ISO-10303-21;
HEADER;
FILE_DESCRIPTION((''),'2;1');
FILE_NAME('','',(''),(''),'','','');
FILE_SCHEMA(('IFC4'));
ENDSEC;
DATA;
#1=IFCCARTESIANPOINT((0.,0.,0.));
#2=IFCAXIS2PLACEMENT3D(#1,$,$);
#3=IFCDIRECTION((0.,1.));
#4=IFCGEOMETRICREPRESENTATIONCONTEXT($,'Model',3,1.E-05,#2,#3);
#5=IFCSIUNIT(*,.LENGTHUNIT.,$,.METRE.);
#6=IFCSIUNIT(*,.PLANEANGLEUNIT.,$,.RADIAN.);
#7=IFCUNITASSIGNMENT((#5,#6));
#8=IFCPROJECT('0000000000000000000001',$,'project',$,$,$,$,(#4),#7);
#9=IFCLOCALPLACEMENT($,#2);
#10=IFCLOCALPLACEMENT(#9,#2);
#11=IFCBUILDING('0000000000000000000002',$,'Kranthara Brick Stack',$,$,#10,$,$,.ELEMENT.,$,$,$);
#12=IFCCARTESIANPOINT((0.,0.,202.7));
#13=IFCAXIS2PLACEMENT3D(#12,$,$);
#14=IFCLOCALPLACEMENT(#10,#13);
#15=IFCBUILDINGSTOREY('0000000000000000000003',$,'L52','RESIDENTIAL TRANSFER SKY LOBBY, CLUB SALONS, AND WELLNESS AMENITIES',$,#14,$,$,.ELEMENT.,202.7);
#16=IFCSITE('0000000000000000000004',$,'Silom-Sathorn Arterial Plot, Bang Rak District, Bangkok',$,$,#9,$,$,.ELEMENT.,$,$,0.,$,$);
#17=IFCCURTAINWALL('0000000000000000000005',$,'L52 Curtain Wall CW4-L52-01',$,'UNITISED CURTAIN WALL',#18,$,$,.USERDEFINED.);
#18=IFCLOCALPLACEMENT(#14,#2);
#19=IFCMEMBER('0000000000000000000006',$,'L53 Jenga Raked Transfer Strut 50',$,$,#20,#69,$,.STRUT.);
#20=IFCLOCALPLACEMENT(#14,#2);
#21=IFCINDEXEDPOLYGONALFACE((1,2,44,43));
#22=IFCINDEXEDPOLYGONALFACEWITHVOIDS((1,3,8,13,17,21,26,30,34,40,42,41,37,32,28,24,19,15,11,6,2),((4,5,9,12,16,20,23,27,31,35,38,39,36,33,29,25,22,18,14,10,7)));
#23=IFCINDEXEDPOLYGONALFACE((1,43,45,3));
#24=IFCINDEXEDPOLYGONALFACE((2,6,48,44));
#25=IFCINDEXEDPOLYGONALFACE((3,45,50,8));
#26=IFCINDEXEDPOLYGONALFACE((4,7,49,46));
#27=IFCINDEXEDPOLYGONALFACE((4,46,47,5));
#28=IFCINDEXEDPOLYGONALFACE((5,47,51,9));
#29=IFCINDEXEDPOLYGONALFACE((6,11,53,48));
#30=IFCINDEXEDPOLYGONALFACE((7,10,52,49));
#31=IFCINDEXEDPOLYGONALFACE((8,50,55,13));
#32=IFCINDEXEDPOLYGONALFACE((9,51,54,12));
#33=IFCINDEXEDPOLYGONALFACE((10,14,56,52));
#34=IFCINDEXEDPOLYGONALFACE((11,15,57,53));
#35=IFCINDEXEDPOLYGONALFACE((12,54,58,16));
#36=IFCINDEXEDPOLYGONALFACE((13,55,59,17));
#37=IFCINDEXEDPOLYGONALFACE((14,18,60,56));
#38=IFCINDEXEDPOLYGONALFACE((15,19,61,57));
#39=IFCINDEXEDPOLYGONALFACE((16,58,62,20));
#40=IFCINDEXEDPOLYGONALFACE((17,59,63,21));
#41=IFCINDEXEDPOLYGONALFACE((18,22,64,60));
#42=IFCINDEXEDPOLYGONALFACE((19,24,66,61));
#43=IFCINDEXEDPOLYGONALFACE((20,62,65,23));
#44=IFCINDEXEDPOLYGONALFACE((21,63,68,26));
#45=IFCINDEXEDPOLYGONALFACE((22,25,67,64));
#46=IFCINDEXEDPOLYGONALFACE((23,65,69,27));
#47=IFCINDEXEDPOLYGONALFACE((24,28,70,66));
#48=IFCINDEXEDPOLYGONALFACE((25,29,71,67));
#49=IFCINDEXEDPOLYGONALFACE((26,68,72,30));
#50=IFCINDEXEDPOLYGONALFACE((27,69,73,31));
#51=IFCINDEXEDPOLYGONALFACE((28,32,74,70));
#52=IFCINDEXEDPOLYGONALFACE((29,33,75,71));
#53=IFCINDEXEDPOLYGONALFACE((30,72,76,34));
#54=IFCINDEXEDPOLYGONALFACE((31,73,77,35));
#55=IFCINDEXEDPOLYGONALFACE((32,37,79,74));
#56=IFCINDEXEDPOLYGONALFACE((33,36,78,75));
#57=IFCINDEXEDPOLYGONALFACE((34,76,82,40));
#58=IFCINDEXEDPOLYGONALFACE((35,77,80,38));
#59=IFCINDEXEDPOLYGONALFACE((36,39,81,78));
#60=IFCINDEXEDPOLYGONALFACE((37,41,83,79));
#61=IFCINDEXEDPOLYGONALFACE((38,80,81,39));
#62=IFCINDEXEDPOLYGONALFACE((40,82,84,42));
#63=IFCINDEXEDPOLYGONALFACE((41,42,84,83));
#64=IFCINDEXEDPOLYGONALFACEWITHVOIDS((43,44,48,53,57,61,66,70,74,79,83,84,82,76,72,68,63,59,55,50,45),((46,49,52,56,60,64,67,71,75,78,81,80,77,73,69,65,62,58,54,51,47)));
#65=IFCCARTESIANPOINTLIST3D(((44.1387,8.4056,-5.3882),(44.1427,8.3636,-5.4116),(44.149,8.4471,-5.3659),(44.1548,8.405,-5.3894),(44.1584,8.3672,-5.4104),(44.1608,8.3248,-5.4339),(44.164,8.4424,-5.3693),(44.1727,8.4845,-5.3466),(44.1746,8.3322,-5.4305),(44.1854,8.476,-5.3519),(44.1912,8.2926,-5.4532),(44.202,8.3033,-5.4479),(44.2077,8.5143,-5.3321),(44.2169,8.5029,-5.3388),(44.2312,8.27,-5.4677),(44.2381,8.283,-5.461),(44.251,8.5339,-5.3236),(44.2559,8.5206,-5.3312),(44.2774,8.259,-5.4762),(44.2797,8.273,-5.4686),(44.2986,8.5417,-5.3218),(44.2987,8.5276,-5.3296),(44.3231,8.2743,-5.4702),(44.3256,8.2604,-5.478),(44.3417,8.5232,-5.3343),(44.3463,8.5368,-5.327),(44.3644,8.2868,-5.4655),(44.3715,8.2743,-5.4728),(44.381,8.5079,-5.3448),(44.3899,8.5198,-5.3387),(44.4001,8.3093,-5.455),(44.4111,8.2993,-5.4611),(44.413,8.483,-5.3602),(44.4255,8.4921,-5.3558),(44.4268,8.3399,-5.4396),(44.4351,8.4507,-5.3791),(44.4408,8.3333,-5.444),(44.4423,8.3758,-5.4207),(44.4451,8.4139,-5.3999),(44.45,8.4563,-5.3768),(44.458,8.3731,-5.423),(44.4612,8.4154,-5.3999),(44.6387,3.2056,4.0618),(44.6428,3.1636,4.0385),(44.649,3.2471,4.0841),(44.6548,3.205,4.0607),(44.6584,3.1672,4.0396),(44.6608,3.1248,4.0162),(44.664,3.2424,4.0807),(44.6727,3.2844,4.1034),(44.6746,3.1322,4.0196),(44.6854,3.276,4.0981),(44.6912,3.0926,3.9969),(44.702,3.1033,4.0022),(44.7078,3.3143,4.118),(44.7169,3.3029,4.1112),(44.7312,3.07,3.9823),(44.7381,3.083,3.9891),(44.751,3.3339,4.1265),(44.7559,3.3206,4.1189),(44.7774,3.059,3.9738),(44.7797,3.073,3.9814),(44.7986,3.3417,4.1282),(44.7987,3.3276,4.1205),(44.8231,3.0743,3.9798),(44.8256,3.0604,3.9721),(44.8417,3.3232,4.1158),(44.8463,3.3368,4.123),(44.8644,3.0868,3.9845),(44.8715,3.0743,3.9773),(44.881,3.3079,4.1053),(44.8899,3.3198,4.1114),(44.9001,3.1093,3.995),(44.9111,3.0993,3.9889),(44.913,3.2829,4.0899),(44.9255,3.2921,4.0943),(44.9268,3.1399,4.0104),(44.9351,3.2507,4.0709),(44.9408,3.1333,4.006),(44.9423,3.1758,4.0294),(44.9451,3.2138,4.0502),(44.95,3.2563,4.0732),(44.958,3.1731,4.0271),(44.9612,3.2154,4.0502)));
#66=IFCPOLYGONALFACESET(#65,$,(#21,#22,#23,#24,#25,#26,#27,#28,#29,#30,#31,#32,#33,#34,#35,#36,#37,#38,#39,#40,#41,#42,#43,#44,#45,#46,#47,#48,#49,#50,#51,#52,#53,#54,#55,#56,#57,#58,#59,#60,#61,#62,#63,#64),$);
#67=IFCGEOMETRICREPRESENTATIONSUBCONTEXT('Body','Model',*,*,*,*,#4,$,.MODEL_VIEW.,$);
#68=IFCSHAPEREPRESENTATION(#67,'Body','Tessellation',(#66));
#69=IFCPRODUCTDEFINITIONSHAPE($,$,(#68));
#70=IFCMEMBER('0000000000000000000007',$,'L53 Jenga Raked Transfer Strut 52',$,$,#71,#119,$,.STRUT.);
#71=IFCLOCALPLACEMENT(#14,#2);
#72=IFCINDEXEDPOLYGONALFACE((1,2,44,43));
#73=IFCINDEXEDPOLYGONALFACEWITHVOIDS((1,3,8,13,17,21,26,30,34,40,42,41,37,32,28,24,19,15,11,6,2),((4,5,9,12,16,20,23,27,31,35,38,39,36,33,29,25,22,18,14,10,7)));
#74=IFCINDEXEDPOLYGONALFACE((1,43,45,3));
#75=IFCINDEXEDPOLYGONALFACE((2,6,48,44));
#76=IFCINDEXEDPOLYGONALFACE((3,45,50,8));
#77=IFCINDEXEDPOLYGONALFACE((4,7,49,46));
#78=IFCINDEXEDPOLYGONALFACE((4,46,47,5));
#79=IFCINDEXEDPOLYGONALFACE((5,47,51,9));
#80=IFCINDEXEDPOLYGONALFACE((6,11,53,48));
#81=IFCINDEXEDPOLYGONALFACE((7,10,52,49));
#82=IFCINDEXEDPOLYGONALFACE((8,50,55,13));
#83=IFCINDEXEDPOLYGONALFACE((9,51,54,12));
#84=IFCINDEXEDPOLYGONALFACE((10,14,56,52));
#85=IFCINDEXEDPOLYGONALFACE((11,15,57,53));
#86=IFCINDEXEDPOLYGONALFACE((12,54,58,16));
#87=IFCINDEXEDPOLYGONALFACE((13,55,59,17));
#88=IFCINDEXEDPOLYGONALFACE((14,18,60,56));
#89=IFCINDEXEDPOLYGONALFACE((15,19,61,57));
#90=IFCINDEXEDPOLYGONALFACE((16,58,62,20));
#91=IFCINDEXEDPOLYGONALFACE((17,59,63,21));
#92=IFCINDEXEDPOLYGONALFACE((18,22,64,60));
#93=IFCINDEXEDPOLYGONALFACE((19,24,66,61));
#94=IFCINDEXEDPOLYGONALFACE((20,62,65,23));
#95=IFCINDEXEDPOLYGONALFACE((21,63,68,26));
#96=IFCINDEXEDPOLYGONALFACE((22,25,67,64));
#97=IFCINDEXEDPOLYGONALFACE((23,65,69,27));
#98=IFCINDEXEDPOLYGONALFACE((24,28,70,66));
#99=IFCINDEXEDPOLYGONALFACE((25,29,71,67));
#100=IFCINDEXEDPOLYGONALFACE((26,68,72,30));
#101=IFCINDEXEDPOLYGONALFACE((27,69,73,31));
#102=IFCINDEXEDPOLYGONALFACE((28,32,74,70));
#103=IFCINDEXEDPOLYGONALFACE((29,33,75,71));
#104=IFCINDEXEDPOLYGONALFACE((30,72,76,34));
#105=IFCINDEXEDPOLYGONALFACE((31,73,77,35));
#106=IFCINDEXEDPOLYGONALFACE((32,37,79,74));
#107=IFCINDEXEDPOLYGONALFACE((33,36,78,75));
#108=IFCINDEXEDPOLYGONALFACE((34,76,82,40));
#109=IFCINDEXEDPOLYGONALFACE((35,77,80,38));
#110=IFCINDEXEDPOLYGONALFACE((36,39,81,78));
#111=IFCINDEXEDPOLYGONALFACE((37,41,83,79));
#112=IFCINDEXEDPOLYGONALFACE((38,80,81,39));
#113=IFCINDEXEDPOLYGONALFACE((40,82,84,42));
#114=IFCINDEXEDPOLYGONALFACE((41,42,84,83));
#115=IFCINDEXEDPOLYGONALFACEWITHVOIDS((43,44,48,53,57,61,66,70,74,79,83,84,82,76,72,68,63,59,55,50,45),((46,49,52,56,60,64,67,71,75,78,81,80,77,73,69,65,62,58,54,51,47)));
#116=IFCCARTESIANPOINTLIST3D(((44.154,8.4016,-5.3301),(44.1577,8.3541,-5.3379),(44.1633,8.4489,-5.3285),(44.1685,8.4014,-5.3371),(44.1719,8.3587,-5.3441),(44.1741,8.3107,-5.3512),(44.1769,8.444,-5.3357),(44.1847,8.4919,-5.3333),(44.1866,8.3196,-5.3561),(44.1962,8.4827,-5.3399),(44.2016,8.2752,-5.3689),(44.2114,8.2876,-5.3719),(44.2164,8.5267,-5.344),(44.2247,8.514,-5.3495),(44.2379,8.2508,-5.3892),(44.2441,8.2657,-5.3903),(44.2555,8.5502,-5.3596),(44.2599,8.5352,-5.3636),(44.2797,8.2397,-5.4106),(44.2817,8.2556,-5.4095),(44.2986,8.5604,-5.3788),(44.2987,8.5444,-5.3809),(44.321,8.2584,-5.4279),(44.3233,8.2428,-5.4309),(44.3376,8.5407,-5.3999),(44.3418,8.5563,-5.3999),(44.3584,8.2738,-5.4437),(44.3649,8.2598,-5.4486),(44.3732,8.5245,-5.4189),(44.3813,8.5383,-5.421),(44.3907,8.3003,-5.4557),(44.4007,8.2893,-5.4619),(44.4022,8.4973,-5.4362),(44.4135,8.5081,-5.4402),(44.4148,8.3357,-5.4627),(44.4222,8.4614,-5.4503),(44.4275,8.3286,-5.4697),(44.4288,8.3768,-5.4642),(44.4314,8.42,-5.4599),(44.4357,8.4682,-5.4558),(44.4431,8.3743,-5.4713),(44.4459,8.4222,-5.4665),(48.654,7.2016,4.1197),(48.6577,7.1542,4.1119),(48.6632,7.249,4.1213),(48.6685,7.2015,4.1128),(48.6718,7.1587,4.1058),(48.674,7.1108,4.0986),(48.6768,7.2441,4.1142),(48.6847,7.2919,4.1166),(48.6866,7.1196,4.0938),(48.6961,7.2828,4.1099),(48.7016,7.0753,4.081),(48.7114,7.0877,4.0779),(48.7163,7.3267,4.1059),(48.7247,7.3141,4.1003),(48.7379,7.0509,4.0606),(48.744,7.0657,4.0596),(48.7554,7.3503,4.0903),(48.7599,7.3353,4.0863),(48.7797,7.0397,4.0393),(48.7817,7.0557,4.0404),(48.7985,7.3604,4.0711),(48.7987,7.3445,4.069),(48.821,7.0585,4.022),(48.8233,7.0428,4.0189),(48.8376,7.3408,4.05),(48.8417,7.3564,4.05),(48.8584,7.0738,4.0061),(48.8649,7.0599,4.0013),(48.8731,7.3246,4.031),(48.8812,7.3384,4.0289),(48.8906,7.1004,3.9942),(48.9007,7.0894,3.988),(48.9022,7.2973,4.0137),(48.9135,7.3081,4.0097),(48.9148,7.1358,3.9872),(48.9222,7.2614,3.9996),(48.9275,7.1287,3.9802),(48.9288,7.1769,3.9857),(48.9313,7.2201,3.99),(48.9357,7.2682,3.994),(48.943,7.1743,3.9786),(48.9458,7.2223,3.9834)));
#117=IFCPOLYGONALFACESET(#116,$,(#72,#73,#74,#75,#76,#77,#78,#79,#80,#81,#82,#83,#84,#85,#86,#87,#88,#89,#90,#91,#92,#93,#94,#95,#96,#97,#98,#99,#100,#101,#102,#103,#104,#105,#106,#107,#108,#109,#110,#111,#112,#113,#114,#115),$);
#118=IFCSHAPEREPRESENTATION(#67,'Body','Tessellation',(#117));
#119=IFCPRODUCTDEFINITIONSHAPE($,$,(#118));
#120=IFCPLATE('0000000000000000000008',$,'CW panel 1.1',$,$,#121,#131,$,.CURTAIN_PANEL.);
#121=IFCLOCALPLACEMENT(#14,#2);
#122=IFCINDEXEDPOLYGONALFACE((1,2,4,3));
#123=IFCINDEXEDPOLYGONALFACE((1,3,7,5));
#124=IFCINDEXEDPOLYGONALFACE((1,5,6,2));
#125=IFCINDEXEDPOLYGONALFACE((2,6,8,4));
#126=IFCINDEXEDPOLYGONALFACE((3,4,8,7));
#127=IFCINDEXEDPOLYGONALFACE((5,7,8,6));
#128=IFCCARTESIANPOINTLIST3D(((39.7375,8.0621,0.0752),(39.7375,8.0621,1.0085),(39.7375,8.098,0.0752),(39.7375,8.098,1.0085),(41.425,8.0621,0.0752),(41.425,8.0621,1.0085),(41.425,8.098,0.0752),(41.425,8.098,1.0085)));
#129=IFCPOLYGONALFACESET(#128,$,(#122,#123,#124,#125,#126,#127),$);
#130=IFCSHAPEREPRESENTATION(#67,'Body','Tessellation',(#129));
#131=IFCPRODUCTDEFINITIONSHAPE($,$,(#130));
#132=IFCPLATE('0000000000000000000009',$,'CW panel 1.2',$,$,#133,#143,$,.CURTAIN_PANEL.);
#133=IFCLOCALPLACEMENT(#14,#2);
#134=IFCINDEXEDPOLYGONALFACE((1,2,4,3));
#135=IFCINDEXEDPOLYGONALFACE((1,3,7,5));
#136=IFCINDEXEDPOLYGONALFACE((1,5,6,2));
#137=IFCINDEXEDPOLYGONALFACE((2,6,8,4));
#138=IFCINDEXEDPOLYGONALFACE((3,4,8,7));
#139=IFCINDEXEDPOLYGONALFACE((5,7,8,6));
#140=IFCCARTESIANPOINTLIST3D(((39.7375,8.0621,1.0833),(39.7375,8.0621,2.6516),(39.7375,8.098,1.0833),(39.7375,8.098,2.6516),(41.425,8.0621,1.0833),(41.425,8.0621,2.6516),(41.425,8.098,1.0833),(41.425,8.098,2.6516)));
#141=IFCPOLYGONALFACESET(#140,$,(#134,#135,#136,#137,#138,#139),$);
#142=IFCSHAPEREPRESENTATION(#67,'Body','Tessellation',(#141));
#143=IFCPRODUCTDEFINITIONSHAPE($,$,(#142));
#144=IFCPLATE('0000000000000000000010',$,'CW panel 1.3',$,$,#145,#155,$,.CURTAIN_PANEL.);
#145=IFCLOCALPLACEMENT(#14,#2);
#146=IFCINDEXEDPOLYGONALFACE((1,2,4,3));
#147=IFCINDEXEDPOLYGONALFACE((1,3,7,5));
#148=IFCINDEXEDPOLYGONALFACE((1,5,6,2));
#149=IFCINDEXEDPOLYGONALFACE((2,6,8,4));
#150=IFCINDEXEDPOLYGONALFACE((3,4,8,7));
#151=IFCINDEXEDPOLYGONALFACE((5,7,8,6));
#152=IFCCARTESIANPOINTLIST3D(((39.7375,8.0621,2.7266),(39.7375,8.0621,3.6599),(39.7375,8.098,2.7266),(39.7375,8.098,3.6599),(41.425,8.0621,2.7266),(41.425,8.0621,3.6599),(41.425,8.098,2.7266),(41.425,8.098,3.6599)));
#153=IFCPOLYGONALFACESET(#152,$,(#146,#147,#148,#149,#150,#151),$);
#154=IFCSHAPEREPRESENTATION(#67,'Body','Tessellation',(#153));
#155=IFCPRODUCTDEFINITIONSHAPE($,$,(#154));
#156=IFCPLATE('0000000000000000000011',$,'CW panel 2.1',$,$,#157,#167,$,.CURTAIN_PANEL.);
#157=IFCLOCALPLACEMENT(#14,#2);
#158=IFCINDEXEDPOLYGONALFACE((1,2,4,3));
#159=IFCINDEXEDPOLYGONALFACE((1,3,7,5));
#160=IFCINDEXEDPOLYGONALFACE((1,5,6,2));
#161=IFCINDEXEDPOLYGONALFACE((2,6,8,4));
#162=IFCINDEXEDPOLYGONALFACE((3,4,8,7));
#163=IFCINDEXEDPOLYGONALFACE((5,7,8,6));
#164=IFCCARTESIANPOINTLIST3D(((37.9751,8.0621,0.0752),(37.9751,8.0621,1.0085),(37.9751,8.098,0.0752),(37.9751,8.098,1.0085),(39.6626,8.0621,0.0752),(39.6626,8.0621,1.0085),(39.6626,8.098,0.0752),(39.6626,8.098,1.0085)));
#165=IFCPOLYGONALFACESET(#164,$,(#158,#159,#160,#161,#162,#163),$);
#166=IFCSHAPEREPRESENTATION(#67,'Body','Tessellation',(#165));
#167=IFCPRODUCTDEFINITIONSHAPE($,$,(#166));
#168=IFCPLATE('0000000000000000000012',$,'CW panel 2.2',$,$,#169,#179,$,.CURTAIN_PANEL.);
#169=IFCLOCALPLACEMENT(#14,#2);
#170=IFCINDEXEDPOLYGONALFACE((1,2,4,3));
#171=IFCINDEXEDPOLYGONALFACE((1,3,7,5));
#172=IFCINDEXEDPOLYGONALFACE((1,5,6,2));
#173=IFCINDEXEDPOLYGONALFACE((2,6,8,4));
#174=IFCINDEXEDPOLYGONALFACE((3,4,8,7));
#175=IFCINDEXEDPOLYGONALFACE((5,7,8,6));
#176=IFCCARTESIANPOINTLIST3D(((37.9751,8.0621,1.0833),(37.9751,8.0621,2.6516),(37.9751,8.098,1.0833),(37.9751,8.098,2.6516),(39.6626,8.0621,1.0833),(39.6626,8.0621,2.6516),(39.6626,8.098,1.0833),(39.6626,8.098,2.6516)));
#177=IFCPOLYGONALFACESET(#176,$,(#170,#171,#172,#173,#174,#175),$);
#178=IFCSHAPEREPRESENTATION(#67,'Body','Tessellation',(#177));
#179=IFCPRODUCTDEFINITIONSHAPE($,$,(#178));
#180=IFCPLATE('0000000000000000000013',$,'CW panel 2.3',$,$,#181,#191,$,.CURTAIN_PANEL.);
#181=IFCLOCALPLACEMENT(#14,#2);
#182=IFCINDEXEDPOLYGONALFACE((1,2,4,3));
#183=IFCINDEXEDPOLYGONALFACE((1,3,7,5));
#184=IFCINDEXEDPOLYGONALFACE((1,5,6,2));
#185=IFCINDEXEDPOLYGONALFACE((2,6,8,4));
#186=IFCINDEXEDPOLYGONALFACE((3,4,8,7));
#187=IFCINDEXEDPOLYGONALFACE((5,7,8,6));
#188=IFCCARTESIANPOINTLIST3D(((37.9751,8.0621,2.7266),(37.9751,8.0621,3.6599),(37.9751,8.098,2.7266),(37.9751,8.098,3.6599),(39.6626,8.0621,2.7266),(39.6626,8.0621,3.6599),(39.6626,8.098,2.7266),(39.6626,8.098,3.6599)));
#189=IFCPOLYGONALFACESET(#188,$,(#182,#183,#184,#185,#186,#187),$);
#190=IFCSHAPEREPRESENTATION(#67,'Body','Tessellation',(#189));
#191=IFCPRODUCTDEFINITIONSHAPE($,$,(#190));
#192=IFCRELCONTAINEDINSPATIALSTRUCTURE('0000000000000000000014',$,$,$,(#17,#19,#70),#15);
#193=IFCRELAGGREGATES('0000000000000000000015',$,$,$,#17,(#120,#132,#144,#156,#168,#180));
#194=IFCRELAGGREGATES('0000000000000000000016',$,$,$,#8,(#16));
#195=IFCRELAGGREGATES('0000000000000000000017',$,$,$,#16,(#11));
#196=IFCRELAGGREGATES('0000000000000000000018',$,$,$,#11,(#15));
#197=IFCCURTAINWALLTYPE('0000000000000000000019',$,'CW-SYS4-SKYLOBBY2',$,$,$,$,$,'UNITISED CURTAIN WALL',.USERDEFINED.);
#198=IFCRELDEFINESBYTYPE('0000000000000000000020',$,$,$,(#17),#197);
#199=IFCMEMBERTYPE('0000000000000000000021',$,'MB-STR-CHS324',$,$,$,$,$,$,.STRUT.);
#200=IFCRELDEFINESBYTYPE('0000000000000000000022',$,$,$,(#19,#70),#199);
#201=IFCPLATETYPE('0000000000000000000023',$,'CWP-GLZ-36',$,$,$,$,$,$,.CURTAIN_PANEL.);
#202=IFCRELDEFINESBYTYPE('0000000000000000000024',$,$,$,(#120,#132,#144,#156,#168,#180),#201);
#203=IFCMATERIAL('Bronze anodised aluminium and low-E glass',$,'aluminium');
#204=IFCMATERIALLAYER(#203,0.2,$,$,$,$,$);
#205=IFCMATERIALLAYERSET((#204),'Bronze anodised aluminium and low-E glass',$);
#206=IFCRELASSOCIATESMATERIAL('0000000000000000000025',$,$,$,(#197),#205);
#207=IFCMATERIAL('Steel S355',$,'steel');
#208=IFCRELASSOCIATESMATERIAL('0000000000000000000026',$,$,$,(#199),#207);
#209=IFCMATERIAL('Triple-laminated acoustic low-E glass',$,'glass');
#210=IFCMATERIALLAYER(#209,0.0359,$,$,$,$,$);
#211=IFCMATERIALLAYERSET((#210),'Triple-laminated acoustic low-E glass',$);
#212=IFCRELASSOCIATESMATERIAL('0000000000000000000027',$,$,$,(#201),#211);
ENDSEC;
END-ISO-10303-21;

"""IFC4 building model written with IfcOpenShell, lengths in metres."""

from ifc_helpers import new_model, si_unit, direction, frame, origin, origin_2d, place, context, subcontext, project, spatial, rectangle, hollow_circle, extrude, material, layer, layer_set, material_profile, profile_set, type_object, element, aggregate, save


model = new_model("IFC4")

# Units and contexts
model_context = context("Model", 3, precision=1e-05, world=origin(), true_north=direction((0.0, 1.0)))
body_context = subcontext(model_context, "Body", "Model", "MODEL_VIEW")
ifc_project = project(units=[si_unit("LENGTHUNIT", "METRE"), si_unit("PLANEANGLEUNIT", "RADIAN")], contexts=[model_context])

# Site, building, storey
site_placement = place(None, origin())
site = spatial("IfcSite", under=ifc_project, at=site_placement, Name="Silom-Sathorn Arterial Plot, Bang Rak District, Bangkok", CompositionType="ELEMENT", RefElevation=0.0)
building_placement = place(site_placement, origin())
building = spatial("IfcBuilding", under=site, at=building_placement, Name="Kranthara Brick Stack", CompositionType="ELEMENT")
storey_placement = place(building_placement, frame((0.0, 0.0, 202.7)))
storey = spatial("IfcBuildingStorey", under=building, at=storey_placement, Name="L52", Description="RESIDENTIAL TRANSFER SKY LOBBY, CLUB SALONS, AND WELLNESS AMENITIES", CompositionType="ELEMENT", Elevation=202.7)

# Curtain wall
ifc_material_1 = material(Name="Bronze anodised aluminium and low-E glass", Category="aluminium")
ifc_layer_1 = layer(ifc_material_1, 0.2)
ifc_layer_set_1 = layer_set([ifc_layer_1], Name="Bronze anodised aluminium and low-E glass")
curtain_wall_type = type_object("IfcCurtainWallType", Name="CW-SYS4-SKYLOBBY2", ElementType="UNITISED CURTAIN WALL", PredefinedType="USERDEFINED", material=ifc_layer_set_1)
curtain_wall_1_placement = place(storey_placement, origin())
curtain_wall_1 = element("IfcCurtainWall", 1, at=curtain_wall_1_placement, inside=storey, type_object=curtain_wall_type, Name="L52 Curtain Wall CW4-L52-01", ObjectType="UNITISED CURTAIN WALL", PredefinedType="USERDEFINED")

# Members
ifc_material_2 = material(Name="Steel S355", Category="steel")
ifc_material_profile_1 = material_profile(ifc_material_2, hollow_circle(Radius=0.1619, WallThickness=0.0161, at=origin_2d()), Name="CHS 323.9x16")
ifc_profile_set_1 = profile_set([ifc_material_profile_1], Name="Steel S355")
member_type_1 = type_object("IfcMemberType", Name="MB-STR-CHS324", PredefinedType="STRUT", material=ifc_profile_set_1)
member_1_placement = place(storey_placement, frame((44.3, 8.3999, -5.3999), z_axis=(0.046306, -0.481578, 0.875179), x_axis=(0.995409, 0.095713, 0.0)))
element("IfcMember", 2, at=member_1_placement, inside=storey, type_object=member_type_1, Name="L53 Jenga Raked Transfer Strut 50", PredefinedType="STRUT", context=body_context, shape_type="SweptSolid", body=[
    extrude(hollow_circle(Radius=0.1619, WallThickness=0.0161, at=origin_2d()), origin(), (0.0, 0.0, 1.0), 10.7979),
])
member_2_placement = place(storey_placement, frame((44.3, 8.3999, -5.3999), z_axis=(0.427138, -0.113899, 0.896984), x_axis=(0.257653, 0.966238, 0.0)))
element("IfcMember", 3, at=member_2_placement, inside=storey, type_object=member_type_1, Name="L53 Jenga Raked Transfer Strut 52", PredefinedType="STRUT", context=body_context, shape_type="SweptSolid", body=[
    extrude(hollow_circle(Radius=0.1619, WallThickness=0.0161, at=origin_2d()), origin(), (0.0, 0.0, 1.0), 10.5352),
])

# Plates
ifc_material_3 = material(Name="Triple-laminated acoustic low-E glass", Category="glass")
ifc_layer_2 = layer(ifc_material_3, 0.0359)
ifc_layer_set_2 = layer_set([ifc_layer_2], Name="Triple-laminated acoustic low-E glass")
plate_type_1 = type_object("IfcPlateType", Name="CWP-GLZ-36", PredefinedType="CURTAIN_PANEL", material=ifc_layer_set_2)
plate_1_placement = place(storey_placement, frame((40.5813, 8.0801, 0.0752), z_axis=(0.0, 0.0, 1.0), x_axis=(-1.0, 0.0, 0.0)))
plate_1 = element("IfcPlate", 4, at=plate_1_placement, type_object=plate_type_1, Name="CW panel 1.1", PredefinedType="CURTAIN_PANEL", context=body_context, shape_type="SweptSolid", body=[
    extrude(rectangle(XDim=1.6875, YDim=0.0359, at=origin_2d()), origin(), (0.0, 0.0, 1.0), 0.9333),
])
plate_2_placement = place(storey_placement, frame((40.5813, 8.0801, 1.0833), z_axis=(0.0, 0.0, 1.0), x_axis=(-1.0, 0.0, 0.0)))
plate_2 = element("IfcPlate", 5, at=plate_2_placement, type_object=plate_type_1, Name="CW panel 1.2", PredefinedType="CURTAIN_PANEL", context=body_context, shape_type="SweptSolid", body=[
    extrude(rectangle(XDim=1.6875, YDim=0.0359, at=origin_2d()), origin(), (0.0, 0.0, 1.0), 1.5684),
])
plate_3_placement = place(storey_placement, frame((40.5813, 8.0801, 2.7266), z_axis=(0.0, 0.0, 1.0), x_axis=(-1.0, 0.0, 0.0)))
plate_3 = element("IfcPlate", 6, at=plate_3_placement, type_object=plate_type_1, Name="CW panel 1.3", PredefinedType="CURTAIN_PANEL", context=body_context, shape_type="SweptSolid", body=[
    extrude(rectangle(XDim=1.6875, YDim=0.0359, at=origin_2d()), origin(), (0.0, 0.0, 1.0), 0.9333),
])
plate_4_placement = place(storey_placement, frame((38.8188, 8.0801, 0.0752), z_axis=(0.0, 0.0, 1.0), x_axis=(-1.0, 0.0, 0.0)))
plate_4 = element("IfcPlate", 7, at=plate_4_placement, type_object=plate_type_1, Name="CW panel 2.1", PredefinedType="CURTAIN_PANEL", context=body_context, shape_type="SweptSolid", body=[
    extrude(rectangle(XDim=1.6875, YDim=0.0359, at=origin_2d()), origin(), (0.0, 0.0, 1.0), 0.9333),
])
plate_5_placement = place(storey_placement, frame((38.8188, 8.0801, 1.0833), z_axis=(0.0, 0.0, 1.0), x_axis=(-1.0, 0.0, 0.0)))
plate_5 = element("IfcPlate", 8, at=plate_5_placement, type_object=plate_type_1, Name="CW panel 2.2", PredefinedType="CURTAIN_PANEL", context=body_context, shape_type="SweptSolid", body=[
    extrude(rectangle(XDim=1.6875, YDim=0.0359, at=origin_2d()), origin(), (0.0, 0.0, 1.0), 1.5684),
])
plate_6_placement = place(storey_placement, frame((38.8188, 8.0801, 2.7266), z_axis=(0.0, 0.0, 1.0), x_axis=(-1.0, 0.0, 0.0)))
plate_6 = element("IfcPlate", 9, at=plate_6_placement, type_object=plate_type_1, Name="CW panel 2.3", PredefinedType="CURTAIN_PANEL", context=body_context, shape_type="SweptSolid", body=[
    extrude(rectangle(XDim=1.6875, YDim=0.0359, at=origin_2d()), origin(), (0.0, 0.0, 1.0), 0.9333),
])
aggregate(curtain_wall_1, [plate_1, plate_2, plate_3, plate_4, plate_5, plate_6])

save(model, "model.ifc")
